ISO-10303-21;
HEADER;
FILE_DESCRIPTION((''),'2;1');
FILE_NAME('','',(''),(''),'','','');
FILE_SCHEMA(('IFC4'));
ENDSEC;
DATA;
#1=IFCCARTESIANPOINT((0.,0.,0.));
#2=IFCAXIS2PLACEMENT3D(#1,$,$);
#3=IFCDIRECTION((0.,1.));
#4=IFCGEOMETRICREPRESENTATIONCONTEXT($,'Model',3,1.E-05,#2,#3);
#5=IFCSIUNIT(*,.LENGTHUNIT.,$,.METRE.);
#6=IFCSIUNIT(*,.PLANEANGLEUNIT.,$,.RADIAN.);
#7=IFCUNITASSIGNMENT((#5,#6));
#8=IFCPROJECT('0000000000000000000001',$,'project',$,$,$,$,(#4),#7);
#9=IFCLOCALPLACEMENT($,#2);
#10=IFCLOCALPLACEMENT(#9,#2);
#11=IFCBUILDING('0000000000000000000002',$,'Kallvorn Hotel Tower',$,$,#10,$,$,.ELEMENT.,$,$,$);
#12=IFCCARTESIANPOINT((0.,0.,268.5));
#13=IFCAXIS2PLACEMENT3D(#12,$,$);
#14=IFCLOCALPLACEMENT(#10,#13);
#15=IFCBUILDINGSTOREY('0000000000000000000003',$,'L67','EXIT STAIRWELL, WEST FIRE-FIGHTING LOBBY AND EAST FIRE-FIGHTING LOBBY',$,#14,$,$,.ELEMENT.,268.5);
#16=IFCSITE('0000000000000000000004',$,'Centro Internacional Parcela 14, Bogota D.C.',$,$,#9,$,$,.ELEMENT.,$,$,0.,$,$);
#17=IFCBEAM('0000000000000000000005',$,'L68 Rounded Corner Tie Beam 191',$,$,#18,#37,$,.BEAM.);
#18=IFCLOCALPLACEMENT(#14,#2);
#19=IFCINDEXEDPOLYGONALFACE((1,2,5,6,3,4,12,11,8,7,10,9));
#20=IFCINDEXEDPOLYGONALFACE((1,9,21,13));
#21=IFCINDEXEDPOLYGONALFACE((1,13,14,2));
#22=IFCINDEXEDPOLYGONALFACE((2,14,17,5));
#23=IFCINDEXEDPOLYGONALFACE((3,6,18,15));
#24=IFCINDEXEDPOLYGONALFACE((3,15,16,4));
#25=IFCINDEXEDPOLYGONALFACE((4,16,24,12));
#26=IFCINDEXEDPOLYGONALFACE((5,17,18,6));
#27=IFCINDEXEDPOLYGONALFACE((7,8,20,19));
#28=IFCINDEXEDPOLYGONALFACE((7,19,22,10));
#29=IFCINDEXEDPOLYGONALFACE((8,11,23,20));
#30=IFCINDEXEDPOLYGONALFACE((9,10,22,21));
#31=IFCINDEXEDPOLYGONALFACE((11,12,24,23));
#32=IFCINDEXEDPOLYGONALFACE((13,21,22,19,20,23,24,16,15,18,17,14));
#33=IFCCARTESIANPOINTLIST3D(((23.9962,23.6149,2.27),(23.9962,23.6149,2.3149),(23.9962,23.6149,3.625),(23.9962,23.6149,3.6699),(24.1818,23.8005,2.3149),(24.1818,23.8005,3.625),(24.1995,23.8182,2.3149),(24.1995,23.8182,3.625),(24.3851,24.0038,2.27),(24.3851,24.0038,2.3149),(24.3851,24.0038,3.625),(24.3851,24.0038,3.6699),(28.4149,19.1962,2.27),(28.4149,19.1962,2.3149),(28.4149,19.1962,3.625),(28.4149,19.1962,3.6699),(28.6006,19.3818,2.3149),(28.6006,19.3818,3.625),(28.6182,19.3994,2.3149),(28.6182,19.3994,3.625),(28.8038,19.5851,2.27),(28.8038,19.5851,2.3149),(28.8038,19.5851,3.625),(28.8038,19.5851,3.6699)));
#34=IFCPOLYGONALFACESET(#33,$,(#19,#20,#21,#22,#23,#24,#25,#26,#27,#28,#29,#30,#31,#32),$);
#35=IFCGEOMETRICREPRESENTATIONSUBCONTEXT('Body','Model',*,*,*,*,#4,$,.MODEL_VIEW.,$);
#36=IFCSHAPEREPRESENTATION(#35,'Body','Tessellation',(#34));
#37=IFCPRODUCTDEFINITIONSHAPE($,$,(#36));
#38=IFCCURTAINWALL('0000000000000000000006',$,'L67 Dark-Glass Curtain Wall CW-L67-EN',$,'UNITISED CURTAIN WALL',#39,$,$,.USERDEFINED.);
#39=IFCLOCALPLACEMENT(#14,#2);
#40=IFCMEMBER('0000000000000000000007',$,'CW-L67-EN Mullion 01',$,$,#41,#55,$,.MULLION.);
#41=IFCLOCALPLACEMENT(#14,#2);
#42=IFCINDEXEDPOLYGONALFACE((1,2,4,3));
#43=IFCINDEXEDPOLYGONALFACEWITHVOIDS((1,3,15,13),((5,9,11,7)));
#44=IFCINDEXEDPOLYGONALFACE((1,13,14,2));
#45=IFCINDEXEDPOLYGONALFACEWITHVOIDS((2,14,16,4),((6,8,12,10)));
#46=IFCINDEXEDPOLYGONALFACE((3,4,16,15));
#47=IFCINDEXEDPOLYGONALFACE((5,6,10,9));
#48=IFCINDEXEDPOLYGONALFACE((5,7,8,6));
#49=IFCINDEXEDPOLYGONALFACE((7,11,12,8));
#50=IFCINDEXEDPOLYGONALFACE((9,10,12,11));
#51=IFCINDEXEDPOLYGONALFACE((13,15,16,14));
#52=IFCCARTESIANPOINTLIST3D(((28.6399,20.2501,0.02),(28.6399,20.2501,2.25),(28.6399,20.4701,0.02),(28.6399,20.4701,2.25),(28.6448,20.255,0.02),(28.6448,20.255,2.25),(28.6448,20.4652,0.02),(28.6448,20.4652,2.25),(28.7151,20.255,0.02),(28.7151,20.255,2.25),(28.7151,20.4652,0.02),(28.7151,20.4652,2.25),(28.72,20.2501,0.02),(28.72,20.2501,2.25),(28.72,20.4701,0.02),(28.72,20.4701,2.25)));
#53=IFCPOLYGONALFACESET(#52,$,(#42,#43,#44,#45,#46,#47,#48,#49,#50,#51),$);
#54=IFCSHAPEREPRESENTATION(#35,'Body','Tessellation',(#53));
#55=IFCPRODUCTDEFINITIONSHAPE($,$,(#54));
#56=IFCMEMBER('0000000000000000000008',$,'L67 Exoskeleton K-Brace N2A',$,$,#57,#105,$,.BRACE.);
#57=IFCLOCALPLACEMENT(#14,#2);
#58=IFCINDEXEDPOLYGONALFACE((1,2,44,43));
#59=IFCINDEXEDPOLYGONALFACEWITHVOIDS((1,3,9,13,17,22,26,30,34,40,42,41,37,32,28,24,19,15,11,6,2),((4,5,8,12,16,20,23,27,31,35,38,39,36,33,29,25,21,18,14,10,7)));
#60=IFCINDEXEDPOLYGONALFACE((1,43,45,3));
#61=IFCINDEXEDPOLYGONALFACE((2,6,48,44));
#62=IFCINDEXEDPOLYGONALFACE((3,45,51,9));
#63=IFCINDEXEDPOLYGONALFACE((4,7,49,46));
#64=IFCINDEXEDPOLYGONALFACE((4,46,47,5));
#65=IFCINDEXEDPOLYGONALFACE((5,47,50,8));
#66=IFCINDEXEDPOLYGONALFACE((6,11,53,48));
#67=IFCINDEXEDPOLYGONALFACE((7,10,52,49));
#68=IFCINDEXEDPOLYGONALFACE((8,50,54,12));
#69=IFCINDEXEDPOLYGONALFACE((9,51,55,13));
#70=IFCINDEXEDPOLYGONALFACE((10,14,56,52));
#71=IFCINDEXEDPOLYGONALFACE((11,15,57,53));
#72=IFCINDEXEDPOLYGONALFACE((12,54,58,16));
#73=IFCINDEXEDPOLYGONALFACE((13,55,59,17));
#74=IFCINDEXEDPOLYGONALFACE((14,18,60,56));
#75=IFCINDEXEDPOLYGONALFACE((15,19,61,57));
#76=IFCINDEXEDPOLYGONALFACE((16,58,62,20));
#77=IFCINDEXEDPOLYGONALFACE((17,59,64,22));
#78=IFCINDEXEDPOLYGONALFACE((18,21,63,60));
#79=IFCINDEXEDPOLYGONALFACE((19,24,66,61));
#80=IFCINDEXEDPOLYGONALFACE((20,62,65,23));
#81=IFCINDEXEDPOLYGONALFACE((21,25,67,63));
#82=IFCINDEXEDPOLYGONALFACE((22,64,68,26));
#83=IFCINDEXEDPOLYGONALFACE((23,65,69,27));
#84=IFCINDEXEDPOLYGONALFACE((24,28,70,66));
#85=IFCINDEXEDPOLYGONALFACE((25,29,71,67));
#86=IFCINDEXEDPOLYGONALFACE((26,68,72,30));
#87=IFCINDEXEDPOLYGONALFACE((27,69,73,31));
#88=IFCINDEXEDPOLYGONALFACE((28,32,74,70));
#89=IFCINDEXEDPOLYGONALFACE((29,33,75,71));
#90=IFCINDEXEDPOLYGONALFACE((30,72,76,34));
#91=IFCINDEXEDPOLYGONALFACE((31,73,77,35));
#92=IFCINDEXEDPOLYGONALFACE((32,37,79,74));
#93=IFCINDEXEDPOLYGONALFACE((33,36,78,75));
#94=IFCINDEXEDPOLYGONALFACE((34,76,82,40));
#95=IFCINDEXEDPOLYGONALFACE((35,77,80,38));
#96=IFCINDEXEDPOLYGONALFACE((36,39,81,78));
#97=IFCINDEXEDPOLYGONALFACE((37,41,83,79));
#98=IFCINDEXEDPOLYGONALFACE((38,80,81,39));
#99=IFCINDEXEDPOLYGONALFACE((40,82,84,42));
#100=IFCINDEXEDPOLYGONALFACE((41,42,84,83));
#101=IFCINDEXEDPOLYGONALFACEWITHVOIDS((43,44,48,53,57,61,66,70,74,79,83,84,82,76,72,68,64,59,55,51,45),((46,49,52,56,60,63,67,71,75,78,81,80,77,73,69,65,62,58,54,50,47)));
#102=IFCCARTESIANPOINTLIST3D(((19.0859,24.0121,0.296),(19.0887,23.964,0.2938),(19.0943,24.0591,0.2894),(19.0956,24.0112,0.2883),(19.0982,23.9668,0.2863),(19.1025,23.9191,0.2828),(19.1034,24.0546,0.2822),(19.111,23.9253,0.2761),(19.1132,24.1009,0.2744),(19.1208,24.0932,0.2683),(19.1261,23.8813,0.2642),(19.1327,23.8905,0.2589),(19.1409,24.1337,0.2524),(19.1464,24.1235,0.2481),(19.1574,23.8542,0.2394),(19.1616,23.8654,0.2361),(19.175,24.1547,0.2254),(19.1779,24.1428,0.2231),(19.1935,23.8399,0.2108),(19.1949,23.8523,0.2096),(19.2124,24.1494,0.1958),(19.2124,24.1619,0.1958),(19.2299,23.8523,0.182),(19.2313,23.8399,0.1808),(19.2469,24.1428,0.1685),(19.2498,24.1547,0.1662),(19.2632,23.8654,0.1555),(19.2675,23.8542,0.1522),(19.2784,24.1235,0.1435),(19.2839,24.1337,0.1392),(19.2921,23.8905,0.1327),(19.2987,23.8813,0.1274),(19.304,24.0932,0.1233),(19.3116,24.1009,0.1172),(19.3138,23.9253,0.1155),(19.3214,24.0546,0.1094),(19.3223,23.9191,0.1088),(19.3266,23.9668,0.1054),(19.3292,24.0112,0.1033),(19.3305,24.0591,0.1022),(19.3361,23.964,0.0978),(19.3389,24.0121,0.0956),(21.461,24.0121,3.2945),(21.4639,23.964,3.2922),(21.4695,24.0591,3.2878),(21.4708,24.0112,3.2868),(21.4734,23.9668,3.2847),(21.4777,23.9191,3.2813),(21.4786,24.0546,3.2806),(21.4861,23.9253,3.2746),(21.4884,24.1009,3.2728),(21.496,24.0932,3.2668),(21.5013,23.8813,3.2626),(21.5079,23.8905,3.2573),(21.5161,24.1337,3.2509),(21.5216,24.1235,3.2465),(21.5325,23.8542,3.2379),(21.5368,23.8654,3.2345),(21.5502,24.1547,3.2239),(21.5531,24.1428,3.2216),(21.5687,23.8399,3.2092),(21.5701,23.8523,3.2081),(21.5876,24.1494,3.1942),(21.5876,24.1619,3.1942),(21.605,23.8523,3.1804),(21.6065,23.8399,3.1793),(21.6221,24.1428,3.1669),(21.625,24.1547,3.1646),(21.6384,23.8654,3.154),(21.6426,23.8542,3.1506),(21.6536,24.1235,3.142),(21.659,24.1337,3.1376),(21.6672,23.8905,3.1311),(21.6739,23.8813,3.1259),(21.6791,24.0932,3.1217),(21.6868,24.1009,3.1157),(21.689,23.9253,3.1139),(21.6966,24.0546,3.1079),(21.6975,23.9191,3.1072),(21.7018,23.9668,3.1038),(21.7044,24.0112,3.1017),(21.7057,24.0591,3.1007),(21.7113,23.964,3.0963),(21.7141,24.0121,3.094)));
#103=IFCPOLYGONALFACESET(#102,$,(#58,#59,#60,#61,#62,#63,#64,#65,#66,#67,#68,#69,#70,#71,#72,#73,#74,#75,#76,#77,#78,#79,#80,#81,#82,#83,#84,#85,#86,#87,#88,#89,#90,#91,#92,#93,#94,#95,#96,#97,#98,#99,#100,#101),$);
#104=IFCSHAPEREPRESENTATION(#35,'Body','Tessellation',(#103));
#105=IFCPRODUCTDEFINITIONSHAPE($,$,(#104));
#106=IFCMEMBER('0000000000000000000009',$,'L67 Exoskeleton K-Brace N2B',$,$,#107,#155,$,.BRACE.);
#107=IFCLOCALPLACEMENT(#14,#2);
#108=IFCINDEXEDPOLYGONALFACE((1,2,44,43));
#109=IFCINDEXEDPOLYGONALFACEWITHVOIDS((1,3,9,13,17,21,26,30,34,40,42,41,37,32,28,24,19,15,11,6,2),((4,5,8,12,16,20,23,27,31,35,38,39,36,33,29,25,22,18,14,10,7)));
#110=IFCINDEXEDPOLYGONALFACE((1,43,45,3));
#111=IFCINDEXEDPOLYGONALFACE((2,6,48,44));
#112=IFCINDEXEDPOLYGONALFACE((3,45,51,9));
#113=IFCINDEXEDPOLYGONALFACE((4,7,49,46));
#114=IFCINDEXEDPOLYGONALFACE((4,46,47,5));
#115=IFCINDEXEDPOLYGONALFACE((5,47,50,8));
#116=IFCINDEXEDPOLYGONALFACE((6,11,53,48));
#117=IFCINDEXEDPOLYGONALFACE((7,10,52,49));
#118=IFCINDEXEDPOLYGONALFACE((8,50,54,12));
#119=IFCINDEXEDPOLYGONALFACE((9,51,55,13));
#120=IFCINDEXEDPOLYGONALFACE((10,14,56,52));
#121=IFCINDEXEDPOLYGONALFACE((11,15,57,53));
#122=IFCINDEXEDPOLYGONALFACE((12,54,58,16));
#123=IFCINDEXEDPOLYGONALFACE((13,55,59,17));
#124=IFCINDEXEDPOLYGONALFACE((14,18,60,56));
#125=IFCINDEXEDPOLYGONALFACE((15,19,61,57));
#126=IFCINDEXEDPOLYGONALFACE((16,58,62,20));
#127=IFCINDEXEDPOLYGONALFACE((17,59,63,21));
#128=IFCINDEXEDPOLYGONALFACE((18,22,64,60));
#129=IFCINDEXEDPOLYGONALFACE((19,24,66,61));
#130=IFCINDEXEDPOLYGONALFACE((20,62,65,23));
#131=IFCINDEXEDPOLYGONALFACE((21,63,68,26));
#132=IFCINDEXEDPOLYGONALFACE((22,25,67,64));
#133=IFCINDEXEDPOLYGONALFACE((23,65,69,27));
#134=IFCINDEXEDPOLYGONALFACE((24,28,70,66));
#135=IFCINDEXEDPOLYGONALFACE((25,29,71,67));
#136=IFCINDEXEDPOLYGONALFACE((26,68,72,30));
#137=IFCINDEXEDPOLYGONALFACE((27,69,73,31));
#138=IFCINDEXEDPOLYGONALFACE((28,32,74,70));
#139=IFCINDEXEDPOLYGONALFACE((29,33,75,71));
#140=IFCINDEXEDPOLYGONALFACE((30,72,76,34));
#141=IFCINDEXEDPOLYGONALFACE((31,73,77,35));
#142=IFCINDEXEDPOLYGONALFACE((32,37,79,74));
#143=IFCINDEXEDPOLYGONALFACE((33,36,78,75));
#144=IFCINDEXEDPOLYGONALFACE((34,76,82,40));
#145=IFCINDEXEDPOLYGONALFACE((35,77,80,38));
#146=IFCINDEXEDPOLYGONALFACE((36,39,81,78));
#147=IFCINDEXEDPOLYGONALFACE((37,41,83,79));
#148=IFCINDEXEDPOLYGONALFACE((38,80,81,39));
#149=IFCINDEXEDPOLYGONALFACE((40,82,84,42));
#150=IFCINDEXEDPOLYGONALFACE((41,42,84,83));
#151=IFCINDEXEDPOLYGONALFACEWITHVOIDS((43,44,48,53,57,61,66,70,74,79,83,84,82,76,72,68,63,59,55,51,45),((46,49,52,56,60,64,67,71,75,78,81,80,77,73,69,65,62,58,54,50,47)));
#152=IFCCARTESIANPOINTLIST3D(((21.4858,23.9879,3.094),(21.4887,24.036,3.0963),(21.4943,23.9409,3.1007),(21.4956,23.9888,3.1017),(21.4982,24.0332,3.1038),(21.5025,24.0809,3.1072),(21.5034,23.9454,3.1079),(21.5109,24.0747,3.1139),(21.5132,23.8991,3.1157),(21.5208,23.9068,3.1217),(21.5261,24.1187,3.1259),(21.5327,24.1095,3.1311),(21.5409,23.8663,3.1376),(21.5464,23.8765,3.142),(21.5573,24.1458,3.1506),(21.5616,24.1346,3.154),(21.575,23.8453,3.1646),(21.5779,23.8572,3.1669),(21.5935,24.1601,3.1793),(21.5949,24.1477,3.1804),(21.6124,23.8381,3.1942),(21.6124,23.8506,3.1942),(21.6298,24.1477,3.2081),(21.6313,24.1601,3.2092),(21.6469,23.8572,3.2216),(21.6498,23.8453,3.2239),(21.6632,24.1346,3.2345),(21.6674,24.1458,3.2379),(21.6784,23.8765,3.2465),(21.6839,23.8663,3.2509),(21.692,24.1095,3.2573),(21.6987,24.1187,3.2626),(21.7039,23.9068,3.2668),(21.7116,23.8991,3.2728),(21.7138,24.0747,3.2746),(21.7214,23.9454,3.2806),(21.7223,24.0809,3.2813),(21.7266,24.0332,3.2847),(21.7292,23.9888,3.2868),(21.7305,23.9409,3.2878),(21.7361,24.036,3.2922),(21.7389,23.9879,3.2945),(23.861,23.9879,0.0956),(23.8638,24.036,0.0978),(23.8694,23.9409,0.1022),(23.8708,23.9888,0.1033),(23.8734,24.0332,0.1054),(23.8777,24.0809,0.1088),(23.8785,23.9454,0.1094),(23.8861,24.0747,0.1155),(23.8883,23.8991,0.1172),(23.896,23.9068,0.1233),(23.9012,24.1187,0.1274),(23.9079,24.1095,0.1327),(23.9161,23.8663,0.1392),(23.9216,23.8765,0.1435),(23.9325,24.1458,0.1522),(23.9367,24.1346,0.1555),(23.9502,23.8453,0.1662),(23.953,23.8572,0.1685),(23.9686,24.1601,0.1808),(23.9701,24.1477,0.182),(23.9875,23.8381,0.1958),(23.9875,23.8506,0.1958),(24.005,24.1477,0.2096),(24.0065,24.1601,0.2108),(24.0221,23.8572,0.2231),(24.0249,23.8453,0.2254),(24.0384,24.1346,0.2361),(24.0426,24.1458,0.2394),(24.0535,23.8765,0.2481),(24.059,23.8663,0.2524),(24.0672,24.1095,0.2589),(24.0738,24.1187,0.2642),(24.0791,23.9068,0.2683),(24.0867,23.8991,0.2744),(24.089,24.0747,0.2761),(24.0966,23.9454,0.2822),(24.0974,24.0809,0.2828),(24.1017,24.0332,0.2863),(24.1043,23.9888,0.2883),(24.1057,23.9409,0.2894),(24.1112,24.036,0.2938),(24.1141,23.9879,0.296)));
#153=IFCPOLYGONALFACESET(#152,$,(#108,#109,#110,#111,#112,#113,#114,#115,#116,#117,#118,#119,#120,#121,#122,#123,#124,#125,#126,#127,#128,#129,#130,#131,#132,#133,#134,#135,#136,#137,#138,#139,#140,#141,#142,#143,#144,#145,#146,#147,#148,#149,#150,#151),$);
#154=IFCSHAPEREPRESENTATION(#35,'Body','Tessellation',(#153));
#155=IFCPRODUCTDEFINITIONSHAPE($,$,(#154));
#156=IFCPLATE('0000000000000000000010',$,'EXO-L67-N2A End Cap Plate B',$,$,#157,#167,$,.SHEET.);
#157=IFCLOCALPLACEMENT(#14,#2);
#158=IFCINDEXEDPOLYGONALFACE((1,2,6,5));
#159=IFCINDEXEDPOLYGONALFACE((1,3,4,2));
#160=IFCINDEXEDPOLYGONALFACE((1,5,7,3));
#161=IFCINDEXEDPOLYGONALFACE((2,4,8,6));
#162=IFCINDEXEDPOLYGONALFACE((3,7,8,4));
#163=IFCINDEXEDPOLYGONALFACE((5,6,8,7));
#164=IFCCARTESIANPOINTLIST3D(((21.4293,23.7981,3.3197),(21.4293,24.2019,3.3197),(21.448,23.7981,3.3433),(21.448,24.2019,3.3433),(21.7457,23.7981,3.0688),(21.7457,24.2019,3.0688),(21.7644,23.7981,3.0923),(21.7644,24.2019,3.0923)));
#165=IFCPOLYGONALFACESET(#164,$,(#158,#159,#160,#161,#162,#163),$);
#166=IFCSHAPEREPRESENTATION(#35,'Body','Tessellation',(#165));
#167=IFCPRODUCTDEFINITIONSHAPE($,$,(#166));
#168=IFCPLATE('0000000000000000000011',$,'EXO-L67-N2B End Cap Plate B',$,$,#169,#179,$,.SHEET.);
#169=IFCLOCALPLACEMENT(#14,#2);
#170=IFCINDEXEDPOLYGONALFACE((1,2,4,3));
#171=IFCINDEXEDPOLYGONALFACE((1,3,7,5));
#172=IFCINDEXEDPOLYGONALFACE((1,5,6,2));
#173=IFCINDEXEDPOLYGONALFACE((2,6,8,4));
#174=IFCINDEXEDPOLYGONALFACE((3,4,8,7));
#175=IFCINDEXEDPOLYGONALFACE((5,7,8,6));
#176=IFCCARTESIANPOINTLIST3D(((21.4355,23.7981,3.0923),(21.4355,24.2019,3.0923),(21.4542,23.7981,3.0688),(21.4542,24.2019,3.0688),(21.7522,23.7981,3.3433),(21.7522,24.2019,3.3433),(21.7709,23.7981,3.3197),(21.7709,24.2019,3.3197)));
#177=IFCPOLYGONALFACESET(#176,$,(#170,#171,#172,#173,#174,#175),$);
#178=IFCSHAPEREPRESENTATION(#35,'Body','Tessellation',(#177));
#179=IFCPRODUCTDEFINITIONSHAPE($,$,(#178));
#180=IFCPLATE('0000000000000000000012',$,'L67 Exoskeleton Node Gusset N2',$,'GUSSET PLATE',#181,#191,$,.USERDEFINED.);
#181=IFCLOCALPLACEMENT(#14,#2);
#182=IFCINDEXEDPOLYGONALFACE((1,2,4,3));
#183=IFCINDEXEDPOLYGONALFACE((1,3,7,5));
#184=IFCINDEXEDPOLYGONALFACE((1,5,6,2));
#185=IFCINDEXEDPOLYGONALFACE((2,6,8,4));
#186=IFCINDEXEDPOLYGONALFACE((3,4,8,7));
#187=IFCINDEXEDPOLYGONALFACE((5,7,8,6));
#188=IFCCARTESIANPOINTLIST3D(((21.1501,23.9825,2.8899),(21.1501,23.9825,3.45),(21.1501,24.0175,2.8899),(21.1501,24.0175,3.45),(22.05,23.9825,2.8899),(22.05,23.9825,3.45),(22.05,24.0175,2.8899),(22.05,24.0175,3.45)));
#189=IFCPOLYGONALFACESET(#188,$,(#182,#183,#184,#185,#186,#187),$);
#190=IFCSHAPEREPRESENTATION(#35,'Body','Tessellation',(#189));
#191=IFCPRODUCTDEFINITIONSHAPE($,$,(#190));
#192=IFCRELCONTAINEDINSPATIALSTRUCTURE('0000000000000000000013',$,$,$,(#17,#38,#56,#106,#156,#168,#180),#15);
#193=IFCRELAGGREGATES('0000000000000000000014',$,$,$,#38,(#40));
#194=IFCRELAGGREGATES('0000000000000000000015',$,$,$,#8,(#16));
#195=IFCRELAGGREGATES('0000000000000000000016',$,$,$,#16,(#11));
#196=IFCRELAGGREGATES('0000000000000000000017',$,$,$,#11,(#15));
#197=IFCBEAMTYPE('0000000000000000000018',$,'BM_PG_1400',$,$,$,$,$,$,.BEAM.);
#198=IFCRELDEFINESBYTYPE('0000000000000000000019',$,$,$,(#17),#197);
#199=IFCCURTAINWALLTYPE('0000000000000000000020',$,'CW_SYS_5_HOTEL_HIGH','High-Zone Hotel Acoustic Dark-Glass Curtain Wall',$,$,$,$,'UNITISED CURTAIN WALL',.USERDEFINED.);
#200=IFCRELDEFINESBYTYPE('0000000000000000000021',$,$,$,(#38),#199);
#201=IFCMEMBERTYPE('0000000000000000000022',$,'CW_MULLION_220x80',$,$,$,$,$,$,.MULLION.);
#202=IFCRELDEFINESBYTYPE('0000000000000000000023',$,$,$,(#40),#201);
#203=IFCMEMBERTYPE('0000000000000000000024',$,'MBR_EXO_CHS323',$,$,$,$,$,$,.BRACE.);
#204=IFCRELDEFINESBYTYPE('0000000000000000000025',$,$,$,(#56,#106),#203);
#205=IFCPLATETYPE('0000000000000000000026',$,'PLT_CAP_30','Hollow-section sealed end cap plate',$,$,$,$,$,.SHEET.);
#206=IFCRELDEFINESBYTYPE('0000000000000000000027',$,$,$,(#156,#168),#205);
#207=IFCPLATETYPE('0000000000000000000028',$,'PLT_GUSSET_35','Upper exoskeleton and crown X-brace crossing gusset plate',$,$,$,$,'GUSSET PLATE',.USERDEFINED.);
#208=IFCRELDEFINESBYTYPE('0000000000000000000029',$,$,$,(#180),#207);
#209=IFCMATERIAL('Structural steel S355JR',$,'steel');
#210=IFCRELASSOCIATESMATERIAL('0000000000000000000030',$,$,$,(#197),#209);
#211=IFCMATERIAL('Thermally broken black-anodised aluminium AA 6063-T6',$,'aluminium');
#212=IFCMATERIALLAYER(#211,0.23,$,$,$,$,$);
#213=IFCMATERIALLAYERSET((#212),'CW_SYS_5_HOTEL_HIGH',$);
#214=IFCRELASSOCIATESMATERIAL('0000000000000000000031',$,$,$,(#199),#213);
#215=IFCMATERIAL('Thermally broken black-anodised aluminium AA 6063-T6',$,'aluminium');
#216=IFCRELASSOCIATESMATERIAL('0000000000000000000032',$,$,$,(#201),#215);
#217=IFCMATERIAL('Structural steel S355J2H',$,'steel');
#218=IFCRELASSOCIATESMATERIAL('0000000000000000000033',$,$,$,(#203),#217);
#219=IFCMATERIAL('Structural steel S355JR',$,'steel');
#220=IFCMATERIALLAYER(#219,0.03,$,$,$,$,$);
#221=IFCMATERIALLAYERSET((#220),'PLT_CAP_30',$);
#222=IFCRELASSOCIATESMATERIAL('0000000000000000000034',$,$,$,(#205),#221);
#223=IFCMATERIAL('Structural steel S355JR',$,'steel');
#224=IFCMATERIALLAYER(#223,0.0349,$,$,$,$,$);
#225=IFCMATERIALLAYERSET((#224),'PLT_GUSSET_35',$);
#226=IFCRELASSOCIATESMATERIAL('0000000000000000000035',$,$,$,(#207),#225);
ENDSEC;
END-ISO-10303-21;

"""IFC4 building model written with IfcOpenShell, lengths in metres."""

from ifc_helpers import new_model, si_unit, direction, frame, origin, origin_2d, place, context, subcontext, project, spatial, polyline, rectangle, hollow_rectangle, hollow_circle, i_section, outline, extrude, material, layer, layer_set, material_profile, profile_set, type_object, element, aggregate, save


model = new_model("IFC4")

# Units and contexts
model_context = context("Model", 3, precision=1e-05, world=origin(), true_north=direction((0.0, 1.0)))
body_context = subcontext(model_context, "Body", "Model", "MODEL_VIEW")
ifc_project = project(units=[si_unit("LENGTHUNIT", "METRE"), si_unit("PLANEANGLEUNIT", "RADIAN")], contexts=[model_context])

# Site, building, storey
site_placement = place(None, origin())
site = spatial("IfcSite", under=ifc_project, at=site_placement, Name="Centro Internacional Parcela 14, Bogota D.C.", CompositionType="ELEMENT", RefElevation=0.0)
building_placement = place(site_placement, origin())
building = spatial("IfcBuilding", under=site, at=building_placement, Name="Kallvorn Hotel Tower", CompositionType="ELEMENT")
storey_placement = place(building_placement, frame((0.0, 0.0, 268.5)))
storey = spatial("IfcBuildingStorey", under=building, at=storey_placement, Name="L67", Description="EXIT STAIRWELL, WEST FIRE-FIGHTING LOBBY AND EAST FIRE-FIGHTING LOBBY", CompositionType="ELEMENT", Elevation=268.5)

# Beam
ifc_material_1 = material(Name="Structural steel S355JR", Category="steel")
ifc_material_profile_1 = material_profile(ifc_material_1, i_section(OverallWidth=0.55, OverallDepth=1.3999, WebThickness=0.0249, FlangeThickness=0.0449, at=origin_2d()), Name="PG 1400x550x25x45")
ifc_profile_set_1 = profile_set([ifc_material_profile_1], Name="Structural steel S355JR")
beam_type_1 = type_object("IfcBeamType", Name="BM_PG_1400", PredefinedType="BEAM", material=ifc_profile_set_1)
beam_1_placement = place(storey_placement, frame((28.6094, 19.3906, 2.97), z_axis=(-0.707107, 0.707107, 0.0), x_axis=(-0.707107, -0.707107, 0.0)))
element("IfcBeam", 1, at=beam_1_placement, inside=storey, type_object=beam_type_1, Name="L68 Rounded Corner Tie Beam 191", PredefinedType="BEAM", context=body_context, shape_type="SweptSolid", body=[
    extrude(i_section(OverallWidth=0.55, OverallDepth=1.3999, WebThickness=0.0249, FlangeThickness=0.0449, at=origin_2d()), origin(), (0.0, 0.0, 1.0), 6.249),
])

# Curtain wall, member
ifc_material_2 = material(Name="Thermally broken black-anodised aluminium AA 6063-T6", Category="aluminium")
ifc_layer_1 = layer(ifc_material_2, 0.23)
ifc_layer_set_1 = layer_set([ifc_layer_1], Name="CW_SYS_5_HOTEL_HIGH")
curtain_wall_type = type_object("IfcCurtainWallType", Name="CW_SYS_5_HOTEL_HIGH", Description="High-Zone Hotel Acoustic Dark-Glass Curtain Wall", ElementType="UNITISED CURTAIN WALL", PredefinedType="USERDEFINED", material=ifc_layer_set_1)
curtain_wall_placement = place(storey_placement, origin())
curtain_wall = element("IfcCurtainWall", 2, at=curtain_wall_placement, inside=storey, type_object=curtain_wall_type, Name="L67 Dark-Glass Curtain Wall CW-L67-EN", ObjectType="UNITISED CURTAIN WALL", PredefinedType="USERDEFINED")
ifc_material_3 = material(Name="Thermally broken black-anodised aluminium AA 6063-T6", Category="aluminium")
ifc_material_profile_2 = material_profile(ifc_material_3, hollow_rectangle(XDim=0.0801, YDim=0.22, WallThickness=0.0049, at=origin_2d()), Name="MUL 220x80")
ifc_profile_set_2 = profile_set([ifc_material_profile_2], Name="Thermally broken black-anodised aluminium AA 6063-T6")
member_type_1 = type_object("IfcMemberType", Name="CW_MULLION_220x80", PredefinedType="MULLION", material=ifc_profile_set_2)
member_placement = place(storey_placement, frame((28.6799, 20.3601, 0.02), z_axis=(0.0, 0.0, 1.0), x_axis=(1.0, 0.0, 0.0)))
member = element("IfcMember", 3, at=member_placement, type_object=member_type_1, Name="CW-L67-EN Mullion 01", PredefinedType="MULLION", context=body_context, shape_type="SweptSolid", body=[
    extrude(hollow_rectangle(XDim=0.0801, YDim=0.22, WallThickness=0.0049, at=origin_2d()), origin(), (0.0, 0.0, 1.0), 2.23),
])
aggregate(curtain_wall, [member])

# Members
ifc_material_4 = material(Name="Structural steel S355J2H", Category="steel")
ifc_material_profile_3 = material_profile(ifc_material_4, hollow_circle(Radius=0.1619, WallThickness=0.0125, at=origin_2d()), Name="CHS 323.9x12.5")
ifc_profile_set_3 = profile_set([ifc_material_profile_3], Name="Structural steel S355J2H")
member_type_2 = type_object("IfcMemberType", Name="MBR_EXO_CHS323", PredefinedType="BRACE", material=ifc_profile_set_3)
for number, where, z_axis, x_axis, name in (
    (4, (19.2124, 24.0, 0.1958), (0.620929, 0.0, 0.783867), (0.0, 1.0, 0.0), "L67 Exoskeleton K-Brace N2A"),
    (5, (23.9875, 24.0, 0.1958), (-0.620929, 0.0, 0.783867), (0.0, -1.0, 0.0), "L67 Exoskeleton K-Brace N2B"),
):
    element("IfcMember", number, at=place(storey_placement, frame(where, z_axis=z_axis, x_axis=x_axis)), inside=storey, type_object=member_type_2, Name=name, PredefinedType="BRACE", context=body_context, shape_type="SweptSolid", body=[
        extrude(hollow_circle(Radius=0.1619, WallThickness=0.0125, at=origin_2d()), origin(), (0.0, 0.0, 1.0), 3.8252),
    ])

# Plates
ifc_material_5 = material(Name="Structural steel S355JR", Category="steel")
ifc_layer_2 = layer(ifc_material_5, 0.03)
ifc_layer_set_2 = layer_set([ifc_layer_2], Name="PLT_CAP_30")
plate_type_1 = type_object("IfcPlateType", Name="PLT_CAP_30", Description="Hollow-section sealed end cap plate", PredefinedType="SHEET", material=ifc_layer_set_2)
plate_1_placement = place(storey_placement, frame((21.7644, 23.7981, 3.0923), z_axis=(0.621446, 0.0, 0.783457), x_axis=(0.0, 1.0, 0.0)))
element("IfcPlate", 6, at=plate_1_placement, inside=storey, type_object=plate_type_1, Name="EXO-L67-N2A End Cap Plate B", PredefinedType="SHEET", context=body_context, shape_type="SweptSolid", body=[
    extrude(outline(polyline([(0.0, 0.0), (0.4038, 0.0), (0.4038, 0.4039), (0.0, 0.4039), (0.0, 0.0)])), origin(), (0.0, 0.0, -1.0), 0.03),
])
plate_2_placement = place(storey_placement, frame((21.4355, 24.2019, 3.0923), z_axis=(-0.621152, 0.0, 0.78369), x_axis=(0.0, -1.0, 0.0)))
element("IfcPlate", 7, at=plate_2_placement, inside=storey, type_object=plate_type_1, Name="EXO-L67-N2B End Cap Plate B", PredefinedType="SHEET", context=body_context, shape_type="SweptSolid", body=[
    extrude(outline(polyline([(0.0, 0.0), (0.4038, 0.0), (0.4038, 0.4041), (0.0, 0.4041), (0.0, 0.0)])), origin(), (0.0, 0.0, -1.0), 0.03),
])
ifc_material_6 = material(Name="Structural steel S355JR", Category="steel")
ifc_layer_3 = layer(ifc_material_6, 0.0349)
ifc_layer_set_3 = layer_set([ifc_layer_3], Name="PLT_GUSSET_35")
plate_type_2 = type_object("IfcPlateType", Name="PLT_GUSSET_35", Description="Upper exoskeleton and crown X-brace crossing gusset plate", ElementType="GUSSET PLATE", PredefinedType="USERDEFINED", material=ifc_layer_set_3)
plate_3_placement = place(storey_placement, frame((21.6001, 24.0, 2.8899), z_axis=(0.0, 0.0, 1.0), x_axis=(1.0, 0.0, 0.0)))
element("IfcPlate", 8, at=plate_3_placement, inside=storey, type_object=plate_type_2, Name="L67 Exoskeleton Node Gusset N2", ObjectType="GUSSET PLATE", PredefinedType="USERDEFINED", context=body_context, shape_type="SweptSolid", body=[
    extrude(rectangle(XDim=0.8999, YDim=0.0349, at=origin_2d()), origin(), (0.0, 0.0, 1.0), 0.5601),
])

save(model, "model.ifc")
